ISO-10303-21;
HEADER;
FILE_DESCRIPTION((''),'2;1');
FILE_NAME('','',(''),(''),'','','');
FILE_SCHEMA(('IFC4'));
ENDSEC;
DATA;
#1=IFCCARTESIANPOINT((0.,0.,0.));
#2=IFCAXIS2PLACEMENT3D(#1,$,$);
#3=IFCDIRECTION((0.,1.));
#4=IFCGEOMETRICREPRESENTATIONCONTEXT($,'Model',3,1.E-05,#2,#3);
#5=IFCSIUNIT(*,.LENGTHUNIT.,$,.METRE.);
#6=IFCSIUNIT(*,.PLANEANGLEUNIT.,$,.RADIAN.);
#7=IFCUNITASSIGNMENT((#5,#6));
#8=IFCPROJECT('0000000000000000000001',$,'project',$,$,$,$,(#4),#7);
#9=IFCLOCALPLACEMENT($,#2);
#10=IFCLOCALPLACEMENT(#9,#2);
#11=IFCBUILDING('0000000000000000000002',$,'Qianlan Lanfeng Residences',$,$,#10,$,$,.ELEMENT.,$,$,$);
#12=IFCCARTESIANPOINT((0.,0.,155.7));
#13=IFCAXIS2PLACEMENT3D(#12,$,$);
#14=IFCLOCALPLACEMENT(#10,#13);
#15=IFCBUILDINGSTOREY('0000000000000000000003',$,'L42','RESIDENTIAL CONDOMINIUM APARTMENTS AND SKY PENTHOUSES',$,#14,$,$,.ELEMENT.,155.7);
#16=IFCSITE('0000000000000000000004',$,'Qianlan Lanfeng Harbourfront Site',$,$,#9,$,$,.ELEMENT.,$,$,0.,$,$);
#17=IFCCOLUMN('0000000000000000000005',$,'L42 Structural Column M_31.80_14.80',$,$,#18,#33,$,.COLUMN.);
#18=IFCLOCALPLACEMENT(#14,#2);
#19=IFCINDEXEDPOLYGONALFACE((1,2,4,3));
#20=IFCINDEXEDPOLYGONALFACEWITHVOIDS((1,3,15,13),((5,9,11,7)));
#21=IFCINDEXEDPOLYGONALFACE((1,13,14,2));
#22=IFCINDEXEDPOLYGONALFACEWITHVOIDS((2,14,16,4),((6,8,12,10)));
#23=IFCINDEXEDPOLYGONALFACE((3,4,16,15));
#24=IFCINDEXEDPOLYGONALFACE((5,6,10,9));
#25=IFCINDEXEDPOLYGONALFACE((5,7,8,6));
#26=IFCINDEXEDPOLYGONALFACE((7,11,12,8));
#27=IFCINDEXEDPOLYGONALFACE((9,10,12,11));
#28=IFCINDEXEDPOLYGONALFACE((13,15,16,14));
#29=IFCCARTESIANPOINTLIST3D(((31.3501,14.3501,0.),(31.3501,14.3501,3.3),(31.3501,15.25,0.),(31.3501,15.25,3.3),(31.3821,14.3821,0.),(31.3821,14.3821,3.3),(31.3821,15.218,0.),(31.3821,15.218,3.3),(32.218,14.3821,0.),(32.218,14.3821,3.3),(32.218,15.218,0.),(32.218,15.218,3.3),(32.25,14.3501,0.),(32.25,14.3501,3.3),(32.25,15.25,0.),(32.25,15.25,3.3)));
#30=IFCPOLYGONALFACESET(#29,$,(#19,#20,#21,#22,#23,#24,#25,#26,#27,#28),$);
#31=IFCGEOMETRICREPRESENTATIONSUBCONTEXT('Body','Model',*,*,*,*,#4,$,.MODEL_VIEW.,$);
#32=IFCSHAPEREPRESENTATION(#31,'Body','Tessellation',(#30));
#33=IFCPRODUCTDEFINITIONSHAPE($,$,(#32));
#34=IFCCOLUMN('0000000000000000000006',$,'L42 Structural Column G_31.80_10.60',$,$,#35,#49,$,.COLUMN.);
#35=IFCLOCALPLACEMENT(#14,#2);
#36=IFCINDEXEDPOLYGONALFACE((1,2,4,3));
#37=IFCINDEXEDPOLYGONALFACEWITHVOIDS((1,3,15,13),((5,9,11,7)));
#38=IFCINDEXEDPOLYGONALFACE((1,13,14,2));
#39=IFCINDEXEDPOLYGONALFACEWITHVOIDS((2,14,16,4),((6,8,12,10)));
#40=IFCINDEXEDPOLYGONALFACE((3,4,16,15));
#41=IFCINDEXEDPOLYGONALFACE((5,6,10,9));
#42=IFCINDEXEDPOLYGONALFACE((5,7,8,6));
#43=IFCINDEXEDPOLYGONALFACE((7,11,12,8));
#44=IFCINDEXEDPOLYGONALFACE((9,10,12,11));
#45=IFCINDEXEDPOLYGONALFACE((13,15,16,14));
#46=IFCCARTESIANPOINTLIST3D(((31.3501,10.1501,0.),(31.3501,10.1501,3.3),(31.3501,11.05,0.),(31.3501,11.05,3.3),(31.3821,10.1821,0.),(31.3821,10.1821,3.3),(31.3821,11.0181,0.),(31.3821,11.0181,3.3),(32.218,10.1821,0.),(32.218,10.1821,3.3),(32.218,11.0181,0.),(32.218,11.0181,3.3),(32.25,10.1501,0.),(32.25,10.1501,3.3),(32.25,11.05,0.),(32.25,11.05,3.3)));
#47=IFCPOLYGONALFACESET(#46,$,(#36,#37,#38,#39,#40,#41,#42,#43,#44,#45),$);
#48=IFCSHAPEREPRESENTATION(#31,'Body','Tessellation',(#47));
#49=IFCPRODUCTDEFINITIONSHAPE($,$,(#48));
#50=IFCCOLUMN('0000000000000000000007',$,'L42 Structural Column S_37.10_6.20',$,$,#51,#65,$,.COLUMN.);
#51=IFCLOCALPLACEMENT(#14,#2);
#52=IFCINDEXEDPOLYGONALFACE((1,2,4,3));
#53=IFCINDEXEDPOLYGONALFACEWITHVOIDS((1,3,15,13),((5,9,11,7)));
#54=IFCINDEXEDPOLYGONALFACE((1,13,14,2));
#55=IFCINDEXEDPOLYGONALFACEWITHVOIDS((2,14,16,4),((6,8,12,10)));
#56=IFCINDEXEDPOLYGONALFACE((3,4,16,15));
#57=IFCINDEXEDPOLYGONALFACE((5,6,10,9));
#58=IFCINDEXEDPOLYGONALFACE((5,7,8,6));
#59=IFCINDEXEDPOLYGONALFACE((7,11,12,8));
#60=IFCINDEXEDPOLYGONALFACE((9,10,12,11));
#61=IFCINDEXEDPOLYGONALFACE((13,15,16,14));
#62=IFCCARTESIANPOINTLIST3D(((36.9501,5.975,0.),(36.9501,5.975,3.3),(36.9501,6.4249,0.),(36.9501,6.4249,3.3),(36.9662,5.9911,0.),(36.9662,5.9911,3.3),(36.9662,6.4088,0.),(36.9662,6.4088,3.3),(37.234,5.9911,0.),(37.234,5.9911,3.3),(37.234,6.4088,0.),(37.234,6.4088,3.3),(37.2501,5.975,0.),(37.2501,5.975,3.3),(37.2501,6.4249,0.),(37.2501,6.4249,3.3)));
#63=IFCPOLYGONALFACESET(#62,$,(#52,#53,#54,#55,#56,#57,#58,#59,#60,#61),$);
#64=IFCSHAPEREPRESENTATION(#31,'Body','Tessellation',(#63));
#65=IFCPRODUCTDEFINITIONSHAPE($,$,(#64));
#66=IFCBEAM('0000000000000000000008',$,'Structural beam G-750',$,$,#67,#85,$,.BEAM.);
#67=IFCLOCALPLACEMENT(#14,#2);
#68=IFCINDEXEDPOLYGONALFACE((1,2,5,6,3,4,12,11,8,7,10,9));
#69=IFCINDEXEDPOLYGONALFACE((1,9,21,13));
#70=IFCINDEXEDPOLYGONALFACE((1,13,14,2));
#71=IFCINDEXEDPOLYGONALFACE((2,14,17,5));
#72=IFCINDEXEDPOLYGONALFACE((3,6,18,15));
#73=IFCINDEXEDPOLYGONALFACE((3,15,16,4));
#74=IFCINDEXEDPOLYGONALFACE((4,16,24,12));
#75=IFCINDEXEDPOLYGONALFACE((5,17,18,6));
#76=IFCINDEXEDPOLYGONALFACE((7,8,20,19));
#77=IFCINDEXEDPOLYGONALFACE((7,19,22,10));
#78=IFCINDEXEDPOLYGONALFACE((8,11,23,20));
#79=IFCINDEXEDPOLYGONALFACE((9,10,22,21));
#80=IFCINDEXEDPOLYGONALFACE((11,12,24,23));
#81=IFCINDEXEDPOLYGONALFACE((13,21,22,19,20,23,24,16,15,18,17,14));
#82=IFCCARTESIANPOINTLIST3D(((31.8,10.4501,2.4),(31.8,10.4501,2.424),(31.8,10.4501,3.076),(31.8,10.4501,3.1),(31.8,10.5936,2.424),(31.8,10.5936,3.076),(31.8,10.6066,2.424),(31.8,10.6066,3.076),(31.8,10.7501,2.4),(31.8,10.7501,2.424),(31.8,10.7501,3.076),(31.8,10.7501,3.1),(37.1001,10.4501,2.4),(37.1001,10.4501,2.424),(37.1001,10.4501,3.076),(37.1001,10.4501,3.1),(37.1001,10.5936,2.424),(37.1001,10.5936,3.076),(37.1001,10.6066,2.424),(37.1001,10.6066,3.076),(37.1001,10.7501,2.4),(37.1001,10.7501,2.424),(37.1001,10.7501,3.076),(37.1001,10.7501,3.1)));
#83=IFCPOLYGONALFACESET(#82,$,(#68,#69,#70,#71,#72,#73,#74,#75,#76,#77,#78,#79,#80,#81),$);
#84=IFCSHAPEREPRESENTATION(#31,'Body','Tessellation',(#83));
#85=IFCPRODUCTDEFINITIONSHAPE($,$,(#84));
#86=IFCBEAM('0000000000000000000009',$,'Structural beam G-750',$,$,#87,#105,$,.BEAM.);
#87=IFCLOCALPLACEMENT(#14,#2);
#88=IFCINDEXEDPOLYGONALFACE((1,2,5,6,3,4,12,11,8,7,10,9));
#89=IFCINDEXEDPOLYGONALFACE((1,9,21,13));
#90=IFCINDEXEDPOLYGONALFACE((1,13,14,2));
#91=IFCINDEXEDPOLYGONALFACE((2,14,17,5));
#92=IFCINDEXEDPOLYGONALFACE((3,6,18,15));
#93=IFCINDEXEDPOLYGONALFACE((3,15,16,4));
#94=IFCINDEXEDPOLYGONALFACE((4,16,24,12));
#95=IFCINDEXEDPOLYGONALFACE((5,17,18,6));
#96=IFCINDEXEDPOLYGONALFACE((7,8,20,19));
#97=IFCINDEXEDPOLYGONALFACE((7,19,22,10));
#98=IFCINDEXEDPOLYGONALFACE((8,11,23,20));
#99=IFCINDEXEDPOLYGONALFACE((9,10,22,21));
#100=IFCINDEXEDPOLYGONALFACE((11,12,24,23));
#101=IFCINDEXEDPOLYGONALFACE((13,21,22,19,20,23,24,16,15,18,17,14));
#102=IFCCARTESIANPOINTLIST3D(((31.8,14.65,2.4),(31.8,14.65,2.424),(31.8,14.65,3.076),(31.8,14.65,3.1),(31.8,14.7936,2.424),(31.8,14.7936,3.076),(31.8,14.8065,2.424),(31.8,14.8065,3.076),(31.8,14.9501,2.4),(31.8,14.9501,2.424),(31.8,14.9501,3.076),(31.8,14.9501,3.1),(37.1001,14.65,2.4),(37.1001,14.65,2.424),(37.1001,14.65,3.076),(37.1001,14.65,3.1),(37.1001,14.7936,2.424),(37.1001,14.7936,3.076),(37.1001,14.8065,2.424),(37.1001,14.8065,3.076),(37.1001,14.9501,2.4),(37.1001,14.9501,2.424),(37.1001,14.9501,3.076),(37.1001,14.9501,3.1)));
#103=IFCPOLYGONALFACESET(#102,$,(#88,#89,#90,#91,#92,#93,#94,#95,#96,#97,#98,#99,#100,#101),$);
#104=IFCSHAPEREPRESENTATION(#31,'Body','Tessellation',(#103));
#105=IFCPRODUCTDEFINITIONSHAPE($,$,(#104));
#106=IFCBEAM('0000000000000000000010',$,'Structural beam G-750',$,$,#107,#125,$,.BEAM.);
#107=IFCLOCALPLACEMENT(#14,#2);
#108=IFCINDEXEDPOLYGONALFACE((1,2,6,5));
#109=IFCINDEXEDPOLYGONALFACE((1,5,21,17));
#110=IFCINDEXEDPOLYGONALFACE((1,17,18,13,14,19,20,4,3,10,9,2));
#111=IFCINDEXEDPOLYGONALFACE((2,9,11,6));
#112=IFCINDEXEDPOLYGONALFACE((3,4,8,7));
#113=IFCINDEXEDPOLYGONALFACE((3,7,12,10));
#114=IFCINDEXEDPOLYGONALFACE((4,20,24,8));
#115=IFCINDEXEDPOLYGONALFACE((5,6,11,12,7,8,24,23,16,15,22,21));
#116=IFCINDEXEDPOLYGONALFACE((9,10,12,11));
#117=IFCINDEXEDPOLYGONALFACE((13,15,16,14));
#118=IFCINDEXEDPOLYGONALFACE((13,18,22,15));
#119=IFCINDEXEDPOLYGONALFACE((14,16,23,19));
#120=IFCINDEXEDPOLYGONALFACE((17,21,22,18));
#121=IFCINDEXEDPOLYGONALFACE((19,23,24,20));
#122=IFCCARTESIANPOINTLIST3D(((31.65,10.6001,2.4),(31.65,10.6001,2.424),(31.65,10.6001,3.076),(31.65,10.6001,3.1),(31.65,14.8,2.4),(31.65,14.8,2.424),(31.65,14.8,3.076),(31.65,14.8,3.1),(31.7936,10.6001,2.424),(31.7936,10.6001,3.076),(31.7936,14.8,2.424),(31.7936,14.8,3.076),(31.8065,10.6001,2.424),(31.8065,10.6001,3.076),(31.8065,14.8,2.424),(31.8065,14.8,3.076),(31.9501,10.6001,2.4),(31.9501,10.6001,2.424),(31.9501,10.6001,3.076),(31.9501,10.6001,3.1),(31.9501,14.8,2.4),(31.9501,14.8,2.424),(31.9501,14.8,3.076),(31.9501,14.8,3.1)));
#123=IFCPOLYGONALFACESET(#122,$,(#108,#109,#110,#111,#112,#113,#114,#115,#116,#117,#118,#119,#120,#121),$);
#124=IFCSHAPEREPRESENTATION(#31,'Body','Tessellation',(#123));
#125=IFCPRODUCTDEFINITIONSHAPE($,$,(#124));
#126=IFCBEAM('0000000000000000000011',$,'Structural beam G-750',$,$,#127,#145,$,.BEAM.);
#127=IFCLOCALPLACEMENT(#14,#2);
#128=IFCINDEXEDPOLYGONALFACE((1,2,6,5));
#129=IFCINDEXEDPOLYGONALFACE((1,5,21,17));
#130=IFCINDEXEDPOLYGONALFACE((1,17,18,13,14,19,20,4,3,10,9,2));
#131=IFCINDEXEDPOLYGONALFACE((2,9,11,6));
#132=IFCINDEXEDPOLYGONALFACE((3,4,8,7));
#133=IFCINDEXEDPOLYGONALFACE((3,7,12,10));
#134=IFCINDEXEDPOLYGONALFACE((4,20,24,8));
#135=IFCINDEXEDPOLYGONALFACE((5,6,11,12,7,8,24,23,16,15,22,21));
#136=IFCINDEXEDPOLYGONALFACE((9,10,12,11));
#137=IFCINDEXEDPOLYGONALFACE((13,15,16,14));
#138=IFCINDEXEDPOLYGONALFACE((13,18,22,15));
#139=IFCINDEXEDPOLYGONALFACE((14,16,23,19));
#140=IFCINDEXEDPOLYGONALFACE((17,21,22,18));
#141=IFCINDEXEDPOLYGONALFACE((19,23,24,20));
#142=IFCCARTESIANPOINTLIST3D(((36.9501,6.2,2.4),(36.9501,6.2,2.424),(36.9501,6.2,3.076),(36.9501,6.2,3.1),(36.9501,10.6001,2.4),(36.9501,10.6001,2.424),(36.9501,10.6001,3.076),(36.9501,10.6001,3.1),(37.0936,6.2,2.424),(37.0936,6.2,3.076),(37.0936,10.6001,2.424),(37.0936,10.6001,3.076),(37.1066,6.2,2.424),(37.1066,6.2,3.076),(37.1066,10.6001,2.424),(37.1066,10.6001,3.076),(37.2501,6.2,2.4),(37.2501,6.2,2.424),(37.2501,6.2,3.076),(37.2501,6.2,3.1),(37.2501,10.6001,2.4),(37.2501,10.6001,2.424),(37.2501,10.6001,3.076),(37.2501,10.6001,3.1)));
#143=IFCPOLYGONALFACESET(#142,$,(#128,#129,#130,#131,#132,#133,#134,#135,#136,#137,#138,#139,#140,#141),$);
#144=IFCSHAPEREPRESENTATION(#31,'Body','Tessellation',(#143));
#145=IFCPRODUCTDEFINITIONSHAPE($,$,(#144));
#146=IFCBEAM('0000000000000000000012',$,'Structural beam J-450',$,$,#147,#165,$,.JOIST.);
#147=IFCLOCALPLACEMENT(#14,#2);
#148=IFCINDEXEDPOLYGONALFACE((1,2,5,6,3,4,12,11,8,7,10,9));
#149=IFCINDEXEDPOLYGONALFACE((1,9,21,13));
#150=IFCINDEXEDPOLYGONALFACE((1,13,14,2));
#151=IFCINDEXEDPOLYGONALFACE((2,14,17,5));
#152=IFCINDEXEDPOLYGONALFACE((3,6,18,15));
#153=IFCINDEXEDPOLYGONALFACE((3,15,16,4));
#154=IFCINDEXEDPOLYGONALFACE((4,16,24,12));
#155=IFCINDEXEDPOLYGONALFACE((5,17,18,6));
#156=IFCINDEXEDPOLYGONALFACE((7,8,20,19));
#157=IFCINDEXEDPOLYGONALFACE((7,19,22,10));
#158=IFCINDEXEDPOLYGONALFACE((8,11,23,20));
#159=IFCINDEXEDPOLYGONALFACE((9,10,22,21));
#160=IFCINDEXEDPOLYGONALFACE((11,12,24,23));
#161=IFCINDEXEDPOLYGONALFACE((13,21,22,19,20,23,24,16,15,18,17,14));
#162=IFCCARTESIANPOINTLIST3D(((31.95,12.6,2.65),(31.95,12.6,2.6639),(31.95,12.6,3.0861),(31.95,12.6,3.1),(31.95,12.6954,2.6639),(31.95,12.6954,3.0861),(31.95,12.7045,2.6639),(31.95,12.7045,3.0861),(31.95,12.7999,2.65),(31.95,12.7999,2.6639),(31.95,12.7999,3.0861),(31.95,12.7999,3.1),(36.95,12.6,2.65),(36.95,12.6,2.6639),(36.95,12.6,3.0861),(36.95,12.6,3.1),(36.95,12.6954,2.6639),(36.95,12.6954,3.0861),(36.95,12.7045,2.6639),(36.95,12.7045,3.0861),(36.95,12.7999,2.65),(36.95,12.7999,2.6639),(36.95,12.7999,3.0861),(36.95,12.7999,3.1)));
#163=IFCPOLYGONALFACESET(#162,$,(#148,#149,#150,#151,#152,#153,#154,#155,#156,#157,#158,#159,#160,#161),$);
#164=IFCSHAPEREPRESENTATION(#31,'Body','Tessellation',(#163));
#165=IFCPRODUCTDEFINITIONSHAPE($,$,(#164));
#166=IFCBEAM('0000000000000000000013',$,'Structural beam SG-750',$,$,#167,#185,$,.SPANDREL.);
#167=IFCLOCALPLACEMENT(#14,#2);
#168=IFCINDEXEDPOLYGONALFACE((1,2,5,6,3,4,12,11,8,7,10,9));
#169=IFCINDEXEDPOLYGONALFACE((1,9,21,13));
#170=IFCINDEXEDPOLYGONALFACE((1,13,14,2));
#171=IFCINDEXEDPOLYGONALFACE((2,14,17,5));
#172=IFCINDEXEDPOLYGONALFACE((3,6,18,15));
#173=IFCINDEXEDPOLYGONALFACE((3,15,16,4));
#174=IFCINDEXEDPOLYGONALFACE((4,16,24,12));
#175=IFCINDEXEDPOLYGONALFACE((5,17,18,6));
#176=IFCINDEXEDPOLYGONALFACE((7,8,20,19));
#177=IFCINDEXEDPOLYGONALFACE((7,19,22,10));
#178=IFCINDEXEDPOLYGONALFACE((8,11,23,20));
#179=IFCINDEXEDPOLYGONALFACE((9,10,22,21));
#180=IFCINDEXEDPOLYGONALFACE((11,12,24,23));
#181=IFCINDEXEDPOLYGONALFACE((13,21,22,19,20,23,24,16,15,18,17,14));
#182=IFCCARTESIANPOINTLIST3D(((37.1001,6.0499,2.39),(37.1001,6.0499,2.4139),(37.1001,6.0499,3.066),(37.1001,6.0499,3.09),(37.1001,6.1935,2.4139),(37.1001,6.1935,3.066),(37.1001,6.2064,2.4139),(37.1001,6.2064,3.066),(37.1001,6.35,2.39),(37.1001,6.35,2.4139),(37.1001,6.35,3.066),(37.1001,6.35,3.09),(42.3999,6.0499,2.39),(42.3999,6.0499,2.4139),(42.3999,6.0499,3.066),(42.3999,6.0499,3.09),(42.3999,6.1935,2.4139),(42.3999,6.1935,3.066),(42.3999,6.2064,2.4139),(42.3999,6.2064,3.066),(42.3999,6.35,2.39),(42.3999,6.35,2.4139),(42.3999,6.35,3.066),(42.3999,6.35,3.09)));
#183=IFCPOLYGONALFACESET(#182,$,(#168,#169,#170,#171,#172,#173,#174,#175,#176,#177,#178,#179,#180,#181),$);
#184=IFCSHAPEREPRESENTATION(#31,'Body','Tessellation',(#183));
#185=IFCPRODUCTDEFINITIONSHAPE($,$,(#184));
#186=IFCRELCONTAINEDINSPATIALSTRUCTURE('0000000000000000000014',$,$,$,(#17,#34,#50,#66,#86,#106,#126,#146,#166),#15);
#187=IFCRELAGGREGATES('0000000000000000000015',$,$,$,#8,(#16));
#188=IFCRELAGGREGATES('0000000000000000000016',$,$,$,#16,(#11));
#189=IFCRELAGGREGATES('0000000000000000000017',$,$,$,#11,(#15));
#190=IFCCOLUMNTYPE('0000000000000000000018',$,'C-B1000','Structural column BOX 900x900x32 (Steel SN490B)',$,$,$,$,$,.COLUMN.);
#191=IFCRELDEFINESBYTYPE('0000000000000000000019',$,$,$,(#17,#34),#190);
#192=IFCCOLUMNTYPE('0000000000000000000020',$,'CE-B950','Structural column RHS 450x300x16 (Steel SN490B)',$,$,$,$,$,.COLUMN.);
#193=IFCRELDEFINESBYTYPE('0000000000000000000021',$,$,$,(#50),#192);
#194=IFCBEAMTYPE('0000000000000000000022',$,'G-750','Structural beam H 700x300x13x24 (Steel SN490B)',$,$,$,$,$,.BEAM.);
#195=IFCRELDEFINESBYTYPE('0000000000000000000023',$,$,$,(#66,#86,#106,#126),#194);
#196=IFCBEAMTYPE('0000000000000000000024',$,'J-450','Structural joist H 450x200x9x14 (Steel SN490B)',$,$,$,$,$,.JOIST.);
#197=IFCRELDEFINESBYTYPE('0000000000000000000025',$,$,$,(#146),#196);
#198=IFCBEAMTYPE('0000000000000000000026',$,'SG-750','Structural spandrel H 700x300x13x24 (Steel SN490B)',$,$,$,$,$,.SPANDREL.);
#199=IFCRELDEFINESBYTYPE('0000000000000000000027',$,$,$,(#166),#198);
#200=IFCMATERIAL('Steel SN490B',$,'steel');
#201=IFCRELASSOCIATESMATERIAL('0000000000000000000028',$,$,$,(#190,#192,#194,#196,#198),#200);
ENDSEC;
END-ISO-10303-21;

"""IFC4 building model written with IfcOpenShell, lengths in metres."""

from ifc_helpers import new_model, si_unit, direction, frame, origin, origin_2d, place, context, subcontext, project, spatial, hollow_rectangle, i_section, extrude, material, material_profile, profile_set, type_object, element, save


model = new_model("IFC4")

# Units and contexts
model_context = context("Model", 3, precision=1e-05, world=origin(), true_north=direction((0.0, 1.0)))
body_context = subcontext(model_context, "Body", "Model", "MODEL_VIEW")
ifc_project = project(units=[si_unit("LENGTHUNIT", "METRE"), si_unit("PLANEANGLEUNIT", "RADIAN")], contexts=[model_context])

# Site, building, storey
site_placement = place(None, origin())
site = spatial("IfcSite", under=ifc_project, at=site_placement, Name="Qianlan Lanfeng Harbourfront Site", CompositionType="ELEMENT", RefElevation=0.0)
building_placement = place(site_placement, origin())
building = spatial("IfcBuilding", under=site, at=building_placement, Name="Qianlan Lanfeng Residences", CompositionType="ELEMENT")
storey_placement = place(building_placement, frame((0.0, 0.0, 155.7)))
storey = spatial("IfcBuildingStorey", under=building, at=storey_placement, Name="L42", Description="RESIDENTIAL CONDOMINIUM APARTMENTS AND SKY PENTHOUSES", CompositionType="ELEMENT", Elevation=155.7)

# Columns
ifc_material_1 = material(Name="Steel SN490B", Category="steel")
ifc_material_profile_1 = material_profile(ifc_material_1, hollow_rectangle(XDim=0.8999, YDim=0.8999, WallThickness=0.032, at=origin_2d()), Name="BOX 900x900x32")
ifc_profile_set_1 = profile_set([ifc_material_profile_1], Name="Steel SN490B")
column_type_1 = type_object("IfcColumnType", Name="C-B1000", Description="Structural column BOX 900x900x32 (Steel SN490B)", PredefinedType="COLUMN", material=ifc_profile_set_1)
for number, where, z_axis, x_axis, name in (
    (1, (31.8, 14.8, 0.0), (0.0, 0.0, 1.0), (1.0, 0.0, 0.0), "L42 Structural Column M_31.80_14.80"),
    (2, (31.8, 10.6001, 0.0), (0.0, 0.0, 1.0), (1.0, 0.0, 0.0), "L42 Structural Column G_31.80_10.60"),
):
    element("IfcColumn", number, at=place(storey_placement, frame(where, z_axis=z_axis, x_axis=x_axis)), inside=storey, type_object=column_type_1, Name=name, PredefinedType="COLUMN", context=body_context, shape_type="SweptSolid", body=[
        extrude(hollow_rectangle(XDim=0.8999, YDim=0.8999, WallThickness=0.032, at=origin_2d()), origin(), (0.0, 0.0, 1.0), 3.3),
    ])
ifc_material_profile_2 = material_profile(ifc_material_1, hollow_rectangle(XDim=0.3, YDim=0.45, WallThickness=0.0161, at=origin_2d()), Name="RHS 450x300x16")
ifc_profile_set_2 = profile_set([ifc_material_profile_2], Name="Steel SN490B")
column_type_2 = type_object("IfcColumnType", Name="CE-B950", Description="Structural column RHS 450x300x16 (Steel SN490B)", PredefinedType="COLUMN", material=ifc_profile_set_2)
column_placement = place(storey_placement, frame((37.1001, 6.2, 0.0), z_axis=(0.0, 0.0, 1.0), x_axis=(1.0, 0.0, 0.0)))
element("IfcColumn", 3, at=column_placement, inside=storey, type_object=column_type_2, Name="L42 Structural Column S_37.10_6.20", PredefinedType="COLUMN", context=body_context, shape_type="SweptSolid", body=[
    extrude(hollow_rectangle(XDim=0.3, YDim=0.45, WallThickness=0.0161, at=origin_2d()), origin(), (0.0, 0.0, 1.0), 3.3),
])

# Beams
ifc_material_profile_3 = material_profile(ifc_material_1, i_section(OverallWidth=0.3, OverallDepth=0.7, WebThickness=0.0129, FlangeThickness=0.0239, at=origin_2d()), Name="H 700x300x13x24")
ifc_profile_set_3 = profile_set([ifc_material_profile_3], Name="Steel SN490B")
beam_type_1 = type_object("IfcBeamType", Name="G-750", Description="Structural beam H 700x300x13x24 (Steel SN490B)", PredefinedType="BEAM", material=ifc_profile_set_3)
for number, where, z_axis, x_axis, name in (
    (4, (31.8, 10.6001, 2.75), (1.0, 0.0, 0.0), (0.0, 1.0, 0.0), "Structural beam G-750"),
    (5, (31.8, 14.8, 2.75), (1.0, 0.0, 0.0), (0.0, 1.0, 0.0), "Structural beam G-750"),
):
    element("IfcBeam", number, at=place(storey_placement, frame(where, z_axis=z_axis, x_axis=x_axis)), inside=storey, type_object=beam_type_1, Name=name, PredefinedType="BEAM", context=body_context, shape_type="SweptSolid", body=[
        extrude(i_section(OverallWidth=0.3, OverallDepth=0.7, WebThickness=0.0129, FlangeThickness=0.0239, at=origin_2d()), origin(), (0.0, 0.0, 1.0), 5.3),
    ])
beam_1_placement = place(storey_placement, frame((31.8, 10.6001, 2.75), z_axis=(0.0, 1.0, 0.0), x_axis=(-1.0, 0.0, 0.0)))
element("IfcBeam", 6, at=beam_1_placement, inside=storey, type_object=beam_type_1, Name="Structural beam G-750", PredefinedType="BEAM", context=body_context, shape_type="SweptSolid", body=[
    extrude(i_section(OverallWidth=0.3, OverallDepth=0.7, WebThickness=0.0129, FlangeThickness=0.0239, at=origin_2d()), origin(), (0.0, 0.0, 1.0), 4.2),
])
beam_2_placement = place(storey_placement, frame((37.1001, 6.2, 2.75), z_axis=(0.0, 1.0, 0.0), x_axis=(-1.0, 0.0, 0.0)))
element("IfcBeam", 7, at=beam_2_placement, inside=storey, type_object=beam_type_1, Name="Structural beam G-750", PredefinedType="BEAM", context=body_context, shape_type="SweptSolid", body=[
    extrude(i_section(OverallWidth=0.3, OverallDepth=0.7, WebThickness=0.0129, FlangeThickness=0.0239, at=origin_2d()), origin(), (0.0, 0.0, 1.0), 4.4001),
])
ifc_material_profile_4 = material_profile(ifc_material_1, i_section(OverallWidth=0.2, OverallDepth=0.45, WebThickness=0.009, FlangeThickness=0.0139, at=origin_2d()), Name="H 450x200x9x14")
ifc_profile_set_4 = profile_set([ifc_material_profile_4], Name="Steel SN490B")
beam_type_2 = type_object("IfcBeamType", Name="J-450", Description="Structural joist H 450x200x9x14 (Steel SN490B)", PredefinedType="JOIST", material=ifc_profile_set_4)
beam_3_placement = place(storey_placement, frame((31.95, 12.7, 2.875), z_axis=(1.0, 0.0, 0.0), x_axis=(0.0, 1.0, 0.0)))
element("IfcBeam", 8, at=beam_3_placement, inside=storey, type_object=beam_type_2, Name="Structural beam J-450", PredefinedType="JOIST", context=body_context, shape_type="SweptSolid", body=[
    extrude(i_section(OverallWidth=0.2, OverallDepth=0.45, WebThickness=0.009, FlangeThickness=0.0139, at=origin_2d()), origin(), (0.0, 0.0, 1.0), 5.0),
])
ifc_material_profile_5 = material_profile(ifc_material_1, i_section(OverallWidth=0.3, OverallDepth=0.7, WebThickness=0.0129, FlangeThickness=0.0239, at=origin_2d()), Name="H 700x300x13x24")
ifc_profile_set_5 = profile_set([ifc_material_profile_5], Name="Steel SN490B")
beam_type_3 = type_object("IfcBeamType", Name="SG-750", Description="Structural spandrel H 700x300x13x24 (Steel SN490B)", PredefinedType="SPANDREL", material=ifc_profile_set_5)
beam_4_placement = place(storey_placement, frame((37.1001, 6.2, 2.74), z_axis=(1.0, 0.0, 0.0), x_axis=(0.0, 1.0, 0.0)))
element("IfcBeam", 9, at=beam_4_placement, inside=storey, type_object=beam_type_3, Name="Structural beam SG-750", PredefinedType="SPANDREL", context=body_context, shape_type="SweptSolid", body=[
    extrude(i_section(OverallWidth=0.3, OverallDepth=0.7, WebThickness=0.0129, FlangeThickness=0.0239, at=origin_2d()), origin(), (0.0, 0.0, 1.0), 5.2998),
])

save(model, "model.ifc")
